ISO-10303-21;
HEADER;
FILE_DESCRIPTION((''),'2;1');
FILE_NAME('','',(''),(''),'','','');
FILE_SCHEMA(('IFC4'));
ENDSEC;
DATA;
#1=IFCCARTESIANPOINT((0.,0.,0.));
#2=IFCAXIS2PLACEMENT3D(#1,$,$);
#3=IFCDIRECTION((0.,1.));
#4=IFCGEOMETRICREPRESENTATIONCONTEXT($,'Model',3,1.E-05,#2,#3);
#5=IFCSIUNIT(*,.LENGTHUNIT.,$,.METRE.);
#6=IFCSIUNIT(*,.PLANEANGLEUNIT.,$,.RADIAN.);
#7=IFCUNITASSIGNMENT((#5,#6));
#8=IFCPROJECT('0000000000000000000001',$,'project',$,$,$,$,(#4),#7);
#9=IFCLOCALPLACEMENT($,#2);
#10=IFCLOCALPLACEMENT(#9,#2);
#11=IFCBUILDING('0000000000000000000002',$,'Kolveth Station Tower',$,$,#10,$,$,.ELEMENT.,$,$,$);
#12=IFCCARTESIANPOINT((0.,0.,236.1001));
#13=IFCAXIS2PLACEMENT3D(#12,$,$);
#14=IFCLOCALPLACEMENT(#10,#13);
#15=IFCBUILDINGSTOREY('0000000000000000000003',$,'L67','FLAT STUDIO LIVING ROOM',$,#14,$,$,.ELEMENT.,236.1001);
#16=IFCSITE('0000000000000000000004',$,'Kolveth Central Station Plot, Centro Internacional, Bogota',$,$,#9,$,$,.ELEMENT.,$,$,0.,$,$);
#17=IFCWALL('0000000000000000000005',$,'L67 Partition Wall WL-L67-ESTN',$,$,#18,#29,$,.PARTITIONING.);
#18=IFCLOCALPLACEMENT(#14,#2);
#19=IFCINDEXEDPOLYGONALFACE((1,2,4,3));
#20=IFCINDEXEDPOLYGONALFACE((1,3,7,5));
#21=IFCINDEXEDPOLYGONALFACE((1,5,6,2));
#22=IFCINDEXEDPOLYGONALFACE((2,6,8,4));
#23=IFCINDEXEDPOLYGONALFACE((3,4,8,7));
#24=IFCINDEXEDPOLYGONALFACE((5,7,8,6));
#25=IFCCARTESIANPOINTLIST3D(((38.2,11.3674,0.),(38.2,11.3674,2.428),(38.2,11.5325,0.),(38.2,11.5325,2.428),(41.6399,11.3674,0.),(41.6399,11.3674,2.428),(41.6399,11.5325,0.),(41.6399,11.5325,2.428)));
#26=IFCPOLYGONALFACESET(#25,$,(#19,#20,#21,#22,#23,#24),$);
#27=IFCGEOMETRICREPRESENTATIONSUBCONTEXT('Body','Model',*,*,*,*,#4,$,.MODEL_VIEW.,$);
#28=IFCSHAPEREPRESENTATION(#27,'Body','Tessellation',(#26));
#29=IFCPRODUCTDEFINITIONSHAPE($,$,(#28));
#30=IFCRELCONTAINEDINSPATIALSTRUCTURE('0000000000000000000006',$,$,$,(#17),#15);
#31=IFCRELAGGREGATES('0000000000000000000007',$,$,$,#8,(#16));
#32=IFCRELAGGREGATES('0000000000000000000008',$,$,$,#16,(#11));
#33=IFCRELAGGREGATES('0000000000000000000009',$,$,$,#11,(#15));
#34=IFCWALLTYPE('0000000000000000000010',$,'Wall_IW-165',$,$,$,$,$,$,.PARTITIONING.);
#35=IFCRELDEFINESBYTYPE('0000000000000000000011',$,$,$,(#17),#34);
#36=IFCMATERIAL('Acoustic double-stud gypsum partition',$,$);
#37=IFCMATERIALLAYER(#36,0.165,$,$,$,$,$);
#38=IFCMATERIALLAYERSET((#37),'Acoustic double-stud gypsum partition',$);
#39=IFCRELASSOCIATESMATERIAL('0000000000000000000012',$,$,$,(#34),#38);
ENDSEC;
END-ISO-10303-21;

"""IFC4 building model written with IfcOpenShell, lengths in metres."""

from ifc_helpers import new_model, si_unit, direction, frame, frame_2d, origin, place, context, subcontext, project, spatial, rectangle, extrude, material, layer, layer_set, type_object, element, save


model = new_model("IFC4")

# Units and contexts
model_context = context("Model", 3, precision=1e-05, world=origin(), true_north=direction((0.0, 1.0)))
body_context = subcontext(model_context, "Body", "Model", "MODEL_VIEW")
ifc_project = project(units=[si_unit("LENGTHUNIT", "METRE"), si_unit("PLANEANGLEUNIT", "RADIAN")], contexts=[model_context])

# Site, building, storey
site_placement = place(None, origin())
site = spatial("IfcSite", under=ifc_project, at=site_placement, Name="Kolveth Central Station Plot, Centro Internacional, Bogota", CompositionType="ELEMENT", RefElevation=0.0)
building_placement = place(site_placement, origin())
building = spatial("IfcBuilding", under=site, at=building_placement, Name="Kolveth Station Tower", CompositionType="ELEMENT")
storey_placement = place(building_placement, frame((0.0, 0.0, 236.1001)))
storey = spatial("IfcBuildingStorey", under=building, at=storey_placement, Name="L67", Description="FLAT STUDIO LIVING ROOM", CompositionType="ELEMENT", Elevation=236.1001)

# Shared definitions
ifc_material_1 = material(Name="Acoustic double-stud gypsum partition")
ifc_layer_1 = layer(ifc_material_1, 0.165)
ifc_layer_set_1 = layer_set([ifc_layer_1], Name="Acoustic double-stud gypsum partition")
wall_type_1 = type_object("IfcWallType", Name="Wall_IW-165", PredefinedType="PARTITIONING", material=ifc_layer_set_1)

# Wall
wall_1_placement = place(storey_placement, frame((38.2, 11.45, 0.0), z_axis=(0.0, 0.0, 1.0), x_axis=(1.0, 0.0, 0.0)))
element("IfcWall", 1, at=wall_1_placement, inside=storey, type_object=wall_type_1, Name="L67 Partition Wall WL-L67-ESTN", PredefinedType="PARTITIONING", context=body_context, shape_type="SweptSolid", body=[
    extrude(rectangle(XDim=3.4399, YDim=0.165, at=frame_2d((1.72, 0.0))), origin(), (0.0, 0.0, 1.0), 2.428),
])

save(model, "model.ifc")
